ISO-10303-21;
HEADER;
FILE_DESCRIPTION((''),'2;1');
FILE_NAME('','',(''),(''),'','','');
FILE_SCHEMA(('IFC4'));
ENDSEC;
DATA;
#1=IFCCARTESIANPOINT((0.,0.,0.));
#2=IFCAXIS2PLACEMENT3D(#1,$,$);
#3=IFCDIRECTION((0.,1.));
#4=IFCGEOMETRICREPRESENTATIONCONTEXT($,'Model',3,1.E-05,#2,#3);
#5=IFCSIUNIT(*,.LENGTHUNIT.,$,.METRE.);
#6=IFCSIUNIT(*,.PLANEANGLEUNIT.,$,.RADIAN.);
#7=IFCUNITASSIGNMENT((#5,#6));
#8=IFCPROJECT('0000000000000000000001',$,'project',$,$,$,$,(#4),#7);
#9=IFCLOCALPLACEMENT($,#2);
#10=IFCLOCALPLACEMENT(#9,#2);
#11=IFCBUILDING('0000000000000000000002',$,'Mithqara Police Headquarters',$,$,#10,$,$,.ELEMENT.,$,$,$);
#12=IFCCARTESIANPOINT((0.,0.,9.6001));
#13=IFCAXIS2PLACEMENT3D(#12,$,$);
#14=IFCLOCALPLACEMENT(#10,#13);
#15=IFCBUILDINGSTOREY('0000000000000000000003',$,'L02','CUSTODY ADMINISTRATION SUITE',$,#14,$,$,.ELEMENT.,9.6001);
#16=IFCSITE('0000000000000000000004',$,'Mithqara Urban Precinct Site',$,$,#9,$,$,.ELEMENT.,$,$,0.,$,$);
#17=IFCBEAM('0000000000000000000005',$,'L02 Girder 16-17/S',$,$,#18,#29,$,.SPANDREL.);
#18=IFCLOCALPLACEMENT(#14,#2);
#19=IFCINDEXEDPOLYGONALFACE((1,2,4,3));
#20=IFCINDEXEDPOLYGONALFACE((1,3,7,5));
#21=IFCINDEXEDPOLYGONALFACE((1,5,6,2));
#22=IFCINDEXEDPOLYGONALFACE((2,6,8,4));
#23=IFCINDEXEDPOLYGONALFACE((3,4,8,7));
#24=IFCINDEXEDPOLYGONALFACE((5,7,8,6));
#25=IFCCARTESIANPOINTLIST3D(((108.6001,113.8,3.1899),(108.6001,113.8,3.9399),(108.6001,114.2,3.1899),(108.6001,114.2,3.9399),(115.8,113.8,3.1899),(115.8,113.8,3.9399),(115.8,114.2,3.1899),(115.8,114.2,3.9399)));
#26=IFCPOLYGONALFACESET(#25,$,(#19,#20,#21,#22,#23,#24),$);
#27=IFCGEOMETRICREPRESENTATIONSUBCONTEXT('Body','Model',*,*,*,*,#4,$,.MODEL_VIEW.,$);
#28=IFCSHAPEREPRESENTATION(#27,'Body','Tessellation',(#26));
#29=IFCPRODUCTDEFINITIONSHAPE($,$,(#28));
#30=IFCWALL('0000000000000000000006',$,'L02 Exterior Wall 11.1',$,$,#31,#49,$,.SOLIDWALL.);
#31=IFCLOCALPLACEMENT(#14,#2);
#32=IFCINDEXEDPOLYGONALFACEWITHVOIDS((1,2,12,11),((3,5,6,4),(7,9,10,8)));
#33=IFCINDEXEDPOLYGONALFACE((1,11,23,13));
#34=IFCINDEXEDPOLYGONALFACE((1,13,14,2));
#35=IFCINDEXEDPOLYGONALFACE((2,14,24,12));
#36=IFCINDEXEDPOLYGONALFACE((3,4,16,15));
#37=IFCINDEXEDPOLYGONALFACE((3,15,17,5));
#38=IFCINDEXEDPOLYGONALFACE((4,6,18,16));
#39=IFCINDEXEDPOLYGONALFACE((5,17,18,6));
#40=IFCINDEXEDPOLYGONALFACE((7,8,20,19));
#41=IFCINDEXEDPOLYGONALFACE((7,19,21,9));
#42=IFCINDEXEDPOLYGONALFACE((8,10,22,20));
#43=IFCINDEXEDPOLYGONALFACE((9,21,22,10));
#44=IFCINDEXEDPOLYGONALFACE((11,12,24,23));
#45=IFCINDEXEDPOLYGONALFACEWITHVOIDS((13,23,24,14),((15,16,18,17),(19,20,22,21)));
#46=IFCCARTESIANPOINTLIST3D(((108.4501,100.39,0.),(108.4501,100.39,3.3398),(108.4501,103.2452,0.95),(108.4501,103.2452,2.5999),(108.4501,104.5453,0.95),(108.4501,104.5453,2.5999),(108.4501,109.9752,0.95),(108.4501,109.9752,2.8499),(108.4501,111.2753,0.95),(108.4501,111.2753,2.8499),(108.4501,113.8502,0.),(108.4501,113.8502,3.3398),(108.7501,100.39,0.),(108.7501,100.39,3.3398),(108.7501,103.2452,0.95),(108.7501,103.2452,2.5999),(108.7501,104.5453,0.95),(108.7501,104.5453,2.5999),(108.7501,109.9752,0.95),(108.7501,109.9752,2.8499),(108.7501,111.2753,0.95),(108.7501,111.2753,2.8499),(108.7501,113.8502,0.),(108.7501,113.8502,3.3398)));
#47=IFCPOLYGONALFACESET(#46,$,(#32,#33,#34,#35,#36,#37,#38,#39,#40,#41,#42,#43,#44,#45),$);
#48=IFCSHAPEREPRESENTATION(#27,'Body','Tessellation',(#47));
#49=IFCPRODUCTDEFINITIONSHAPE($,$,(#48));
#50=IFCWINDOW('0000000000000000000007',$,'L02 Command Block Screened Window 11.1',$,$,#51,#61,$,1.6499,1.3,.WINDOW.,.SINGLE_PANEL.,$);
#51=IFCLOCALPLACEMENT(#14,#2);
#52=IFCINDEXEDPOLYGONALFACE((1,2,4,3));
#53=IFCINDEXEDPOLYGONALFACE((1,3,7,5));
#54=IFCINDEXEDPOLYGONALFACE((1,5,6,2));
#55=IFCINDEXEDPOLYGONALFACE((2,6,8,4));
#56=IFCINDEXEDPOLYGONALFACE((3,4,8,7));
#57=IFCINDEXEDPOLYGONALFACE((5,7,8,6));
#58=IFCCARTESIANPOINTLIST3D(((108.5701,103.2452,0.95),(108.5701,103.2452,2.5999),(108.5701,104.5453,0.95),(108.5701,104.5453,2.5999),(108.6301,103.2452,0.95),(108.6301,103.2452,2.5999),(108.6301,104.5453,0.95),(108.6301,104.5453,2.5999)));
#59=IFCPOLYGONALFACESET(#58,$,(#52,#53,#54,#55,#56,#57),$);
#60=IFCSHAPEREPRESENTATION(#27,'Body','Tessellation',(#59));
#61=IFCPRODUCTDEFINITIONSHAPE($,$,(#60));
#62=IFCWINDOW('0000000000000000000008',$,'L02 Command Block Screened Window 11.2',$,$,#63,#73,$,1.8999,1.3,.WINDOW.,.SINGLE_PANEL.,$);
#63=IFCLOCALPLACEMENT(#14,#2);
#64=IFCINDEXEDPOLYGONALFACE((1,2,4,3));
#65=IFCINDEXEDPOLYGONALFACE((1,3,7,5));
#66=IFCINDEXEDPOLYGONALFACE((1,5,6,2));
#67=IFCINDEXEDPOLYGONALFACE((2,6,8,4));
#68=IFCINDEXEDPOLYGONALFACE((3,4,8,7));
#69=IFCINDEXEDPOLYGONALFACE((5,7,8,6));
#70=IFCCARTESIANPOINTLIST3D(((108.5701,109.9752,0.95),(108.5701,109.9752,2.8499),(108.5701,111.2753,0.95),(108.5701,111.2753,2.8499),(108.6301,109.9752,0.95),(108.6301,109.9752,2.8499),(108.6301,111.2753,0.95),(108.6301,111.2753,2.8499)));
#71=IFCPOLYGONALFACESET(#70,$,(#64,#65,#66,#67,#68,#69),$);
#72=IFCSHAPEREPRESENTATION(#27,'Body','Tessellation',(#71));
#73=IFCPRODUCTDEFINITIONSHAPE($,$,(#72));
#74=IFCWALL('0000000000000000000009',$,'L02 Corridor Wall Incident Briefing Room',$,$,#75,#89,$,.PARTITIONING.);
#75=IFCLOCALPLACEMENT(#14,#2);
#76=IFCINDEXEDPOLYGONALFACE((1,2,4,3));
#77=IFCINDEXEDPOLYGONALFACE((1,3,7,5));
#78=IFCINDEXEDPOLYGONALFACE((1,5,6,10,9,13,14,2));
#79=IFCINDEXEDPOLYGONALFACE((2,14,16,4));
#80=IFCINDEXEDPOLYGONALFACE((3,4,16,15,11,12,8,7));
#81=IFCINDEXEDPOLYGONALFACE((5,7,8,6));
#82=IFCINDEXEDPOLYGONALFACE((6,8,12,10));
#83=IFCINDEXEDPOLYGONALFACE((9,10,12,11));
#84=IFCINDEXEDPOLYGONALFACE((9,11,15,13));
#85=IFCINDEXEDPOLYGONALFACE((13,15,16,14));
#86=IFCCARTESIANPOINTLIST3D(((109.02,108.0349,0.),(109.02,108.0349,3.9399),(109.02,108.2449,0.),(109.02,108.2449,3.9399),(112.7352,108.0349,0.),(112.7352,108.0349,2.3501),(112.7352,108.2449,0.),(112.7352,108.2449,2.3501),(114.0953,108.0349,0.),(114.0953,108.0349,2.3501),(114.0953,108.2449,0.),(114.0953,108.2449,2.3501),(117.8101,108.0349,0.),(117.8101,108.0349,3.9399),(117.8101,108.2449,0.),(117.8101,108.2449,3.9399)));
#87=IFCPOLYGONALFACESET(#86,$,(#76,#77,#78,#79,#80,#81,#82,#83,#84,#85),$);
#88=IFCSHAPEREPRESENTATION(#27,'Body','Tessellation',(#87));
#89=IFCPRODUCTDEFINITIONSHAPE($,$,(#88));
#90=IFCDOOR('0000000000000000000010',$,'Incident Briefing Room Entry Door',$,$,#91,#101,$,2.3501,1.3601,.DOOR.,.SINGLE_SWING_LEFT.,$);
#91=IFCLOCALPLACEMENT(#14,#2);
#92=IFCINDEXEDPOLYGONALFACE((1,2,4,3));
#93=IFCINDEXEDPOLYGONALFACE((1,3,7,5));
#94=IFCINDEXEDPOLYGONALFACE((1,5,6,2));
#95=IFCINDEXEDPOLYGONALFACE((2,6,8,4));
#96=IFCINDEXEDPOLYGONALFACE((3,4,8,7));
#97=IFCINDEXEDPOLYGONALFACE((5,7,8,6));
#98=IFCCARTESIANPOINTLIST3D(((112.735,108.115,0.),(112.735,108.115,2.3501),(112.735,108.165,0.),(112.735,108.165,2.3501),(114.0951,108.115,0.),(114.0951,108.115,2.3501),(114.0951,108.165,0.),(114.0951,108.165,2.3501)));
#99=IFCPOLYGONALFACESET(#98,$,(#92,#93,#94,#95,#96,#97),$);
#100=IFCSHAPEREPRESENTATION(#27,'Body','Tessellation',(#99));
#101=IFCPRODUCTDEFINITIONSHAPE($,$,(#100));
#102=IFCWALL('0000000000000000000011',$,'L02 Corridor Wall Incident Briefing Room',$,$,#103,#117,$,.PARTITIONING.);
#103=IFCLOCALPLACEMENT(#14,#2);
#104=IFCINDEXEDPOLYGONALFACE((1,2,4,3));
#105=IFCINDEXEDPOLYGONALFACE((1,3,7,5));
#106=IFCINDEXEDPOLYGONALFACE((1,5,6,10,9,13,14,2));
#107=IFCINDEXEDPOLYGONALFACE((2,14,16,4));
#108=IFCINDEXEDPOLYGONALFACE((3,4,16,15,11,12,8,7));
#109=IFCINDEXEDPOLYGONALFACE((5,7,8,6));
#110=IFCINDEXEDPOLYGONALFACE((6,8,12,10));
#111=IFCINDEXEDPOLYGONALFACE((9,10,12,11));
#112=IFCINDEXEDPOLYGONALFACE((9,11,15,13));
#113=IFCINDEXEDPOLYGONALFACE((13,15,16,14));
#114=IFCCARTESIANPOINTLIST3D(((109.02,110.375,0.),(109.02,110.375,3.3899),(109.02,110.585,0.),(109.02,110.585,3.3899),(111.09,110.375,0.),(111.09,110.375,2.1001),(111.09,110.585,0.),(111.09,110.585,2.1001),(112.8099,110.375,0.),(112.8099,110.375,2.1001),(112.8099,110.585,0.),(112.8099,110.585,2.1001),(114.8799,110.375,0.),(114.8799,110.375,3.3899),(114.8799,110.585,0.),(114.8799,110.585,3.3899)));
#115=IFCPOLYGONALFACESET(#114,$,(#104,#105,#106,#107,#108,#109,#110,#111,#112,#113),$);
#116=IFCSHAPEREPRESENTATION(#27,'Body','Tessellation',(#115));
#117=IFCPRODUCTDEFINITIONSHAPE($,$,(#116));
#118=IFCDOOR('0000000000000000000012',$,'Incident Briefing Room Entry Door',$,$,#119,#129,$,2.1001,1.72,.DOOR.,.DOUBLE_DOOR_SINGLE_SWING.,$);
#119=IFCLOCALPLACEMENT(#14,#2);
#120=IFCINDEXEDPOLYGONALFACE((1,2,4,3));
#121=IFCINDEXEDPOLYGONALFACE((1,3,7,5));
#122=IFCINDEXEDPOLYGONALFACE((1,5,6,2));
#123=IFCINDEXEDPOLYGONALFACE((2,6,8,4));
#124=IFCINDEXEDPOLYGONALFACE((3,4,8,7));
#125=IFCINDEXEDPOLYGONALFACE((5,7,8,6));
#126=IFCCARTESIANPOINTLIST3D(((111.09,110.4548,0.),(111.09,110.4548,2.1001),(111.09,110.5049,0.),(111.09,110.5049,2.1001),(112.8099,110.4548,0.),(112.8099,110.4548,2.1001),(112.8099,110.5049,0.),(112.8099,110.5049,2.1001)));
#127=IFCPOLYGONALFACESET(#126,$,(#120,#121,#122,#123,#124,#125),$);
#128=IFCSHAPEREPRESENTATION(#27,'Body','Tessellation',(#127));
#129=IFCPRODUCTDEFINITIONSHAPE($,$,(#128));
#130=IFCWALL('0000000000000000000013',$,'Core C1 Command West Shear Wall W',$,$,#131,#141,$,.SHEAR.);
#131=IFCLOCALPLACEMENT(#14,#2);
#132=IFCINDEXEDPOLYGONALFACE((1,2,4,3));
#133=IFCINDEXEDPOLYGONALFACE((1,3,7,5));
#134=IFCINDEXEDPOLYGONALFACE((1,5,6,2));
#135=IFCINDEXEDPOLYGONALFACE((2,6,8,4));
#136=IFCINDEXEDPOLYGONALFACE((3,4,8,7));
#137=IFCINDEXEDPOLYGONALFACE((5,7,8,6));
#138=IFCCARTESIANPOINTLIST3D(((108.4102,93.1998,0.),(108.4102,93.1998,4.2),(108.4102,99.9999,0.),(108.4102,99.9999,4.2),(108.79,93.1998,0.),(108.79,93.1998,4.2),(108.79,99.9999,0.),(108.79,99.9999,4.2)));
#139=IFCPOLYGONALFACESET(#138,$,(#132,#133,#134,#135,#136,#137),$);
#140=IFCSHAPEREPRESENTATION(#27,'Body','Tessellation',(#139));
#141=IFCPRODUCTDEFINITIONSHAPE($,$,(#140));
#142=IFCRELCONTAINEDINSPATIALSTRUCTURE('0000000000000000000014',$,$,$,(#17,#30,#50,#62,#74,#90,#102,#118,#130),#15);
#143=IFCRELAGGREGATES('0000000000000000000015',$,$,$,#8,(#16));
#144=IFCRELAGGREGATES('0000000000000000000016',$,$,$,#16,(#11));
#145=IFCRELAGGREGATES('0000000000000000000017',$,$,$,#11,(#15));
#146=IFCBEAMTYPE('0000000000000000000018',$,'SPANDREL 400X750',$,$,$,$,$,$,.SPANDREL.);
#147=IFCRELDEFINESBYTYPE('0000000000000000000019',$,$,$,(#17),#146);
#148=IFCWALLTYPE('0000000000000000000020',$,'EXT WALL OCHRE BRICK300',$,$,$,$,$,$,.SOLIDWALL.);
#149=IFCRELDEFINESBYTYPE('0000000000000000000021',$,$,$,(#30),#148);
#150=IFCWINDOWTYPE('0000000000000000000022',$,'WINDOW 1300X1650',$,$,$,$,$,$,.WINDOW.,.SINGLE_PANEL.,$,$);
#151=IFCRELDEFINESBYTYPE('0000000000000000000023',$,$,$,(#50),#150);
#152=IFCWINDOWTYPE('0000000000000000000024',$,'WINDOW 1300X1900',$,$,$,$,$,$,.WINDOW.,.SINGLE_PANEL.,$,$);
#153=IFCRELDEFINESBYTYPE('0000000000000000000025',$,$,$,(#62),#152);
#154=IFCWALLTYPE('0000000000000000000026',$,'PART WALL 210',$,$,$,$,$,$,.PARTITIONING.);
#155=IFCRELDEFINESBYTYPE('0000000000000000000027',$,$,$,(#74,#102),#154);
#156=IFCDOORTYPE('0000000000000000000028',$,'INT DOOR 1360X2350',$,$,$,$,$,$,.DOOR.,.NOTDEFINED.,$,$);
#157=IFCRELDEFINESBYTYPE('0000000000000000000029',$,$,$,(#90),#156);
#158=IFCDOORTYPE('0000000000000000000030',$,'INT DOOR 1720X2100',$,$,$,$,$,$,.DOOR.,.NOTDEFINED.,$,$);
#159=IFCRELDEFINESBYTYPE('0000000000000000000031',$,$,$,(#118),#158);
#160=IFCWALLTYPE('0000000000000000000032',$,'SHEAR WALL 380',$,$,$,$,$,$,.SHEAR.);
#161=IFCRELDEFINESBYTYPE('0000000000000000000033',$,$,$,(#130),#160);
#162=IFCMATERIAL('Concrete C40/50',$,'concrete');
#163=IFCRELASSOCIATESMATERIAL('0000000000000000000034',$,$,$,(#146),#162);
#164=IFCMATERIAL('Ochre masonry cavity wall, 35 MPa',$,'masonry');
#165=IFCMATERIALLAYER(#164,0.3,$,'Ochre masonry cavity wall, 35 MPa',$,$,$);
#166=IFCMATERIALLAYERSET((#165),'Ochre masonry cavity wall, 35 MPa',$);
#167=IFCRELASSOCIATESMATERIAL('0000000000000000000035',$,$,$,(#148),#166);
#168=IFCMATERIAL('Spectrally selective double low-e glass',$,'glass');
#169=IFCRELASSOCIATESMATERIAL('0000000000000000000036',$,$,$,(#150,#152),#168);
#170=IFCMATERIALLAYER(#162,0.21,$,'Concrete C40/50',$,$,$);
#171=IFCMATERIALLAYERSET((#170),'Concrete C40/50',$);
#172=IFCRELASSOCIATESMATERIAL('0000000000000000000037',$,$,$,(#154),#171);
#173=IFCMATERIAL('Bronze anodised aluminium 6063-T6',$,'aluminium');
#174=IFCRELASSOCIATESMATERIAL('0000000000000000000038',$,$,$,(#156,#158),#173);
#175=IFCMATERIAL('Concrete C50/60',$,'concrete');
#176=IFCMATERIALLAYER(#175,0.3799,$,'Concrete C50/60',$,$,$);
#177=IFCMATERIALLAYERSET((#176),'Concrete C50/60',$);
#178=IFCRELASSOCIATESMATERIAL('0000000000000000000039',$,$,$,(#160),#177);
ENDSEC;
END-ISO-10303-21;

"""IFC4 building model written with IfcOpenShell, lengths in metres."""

from ifc_helpers import new_model, si_unit, direction, frame, frame_2d, origin, origin_2d, place, context, subcontext, project, spatial, rectangle, extrude, material, layer, layer_set, material_profile, profile_set, type_object, element, fill, save


model = new_model("IFC4")

# Units and contexts
model_context = context("Model", 3, precision=1e-05, world=origin(), true_north=direction((0.0, 1.0)))
body_context = subcontext(model_context, "Body", "Model", "MODEL_VIEW")
ifc_project = project(units=[si_unit("LENGTHUNIT", "METRE"), si_unit("PLANEANGLEUNIT", "RADIAN")], contexts=[model_context])

# Site, building, storey
site_placement = place(None, origin())
site = spatial("IfcSite", under=ifc_project, at=site_placement, Name="Mithqara Urban Precinct Site", CompositionType="ELEMENT", RefElevation=0.0)
building_placement = place(site_placement, origin())
building = spatial("IfcBuilding", under=site, at=building_placement, Name="Mithqara Police Headquarters", CompositionType="ELEMENT")
storey_placement = place(building_placement, frame((0.0, 0.0, 9.6001)))
storey = spatial("IfcBuildingStorey", under=building, at=storey_placement, Name="L02", Description="CUSTODY ADMINISTRATION SUITE", CompositionType="ELEMENT", Elevation=9.6001)

# Shared definitions
ifc_material_1 = material(Name="Concrete C50/60", Category="concrete")

# Beam
ifc_material_2 = material(Name="Concrete C40/50", Category="concrete")
ifc_material_profile_1 = material_profile(ifc_material_2, rectangle(XDim=0.3999, YDim=0.75, at=origin_2d()), Name="SPB 400x750")
ifc_profile_set_1 = profile_set([ifc_material_profile_1], Name="Concrete C40/50")
beam_type_1 = type_object("IfcBeamType", Name="SPANDREL 400X750", PredefinedType="SPANDREL", material=ifc_profile_set_1)
beam_1_placement = place(storey_placement, frame((108.6001, 114.0, 3.5649), z_axis=(1.0, 0.0, 0.0), x_axis=(0.0, 1.0, 0.0)))
element("IfcBeam", 1, at=beam_1_placement, inside=storey, type_object=beam_type_1, Name="L02 Girder 16-17/S", PredefinedType="SPANDREL", context=body_context, shape_type="SweptSolid", body=[
    extrude(rectangle(XDim=0.3999, YDim=0.75, at=origin_2d()), origin(), (0.0, 0.0, 1.0), 7.2),
])

# Wall, openings, windows
ifc_material_3 = material(Name="Ochre masonry cavity wall, 35 MPa", Category="masonry")
ifc_layer_1 = layer(ifc_material_3, 0.3, Name="Ochre masonry cavity wall, 35 MPa")
ifc_layer_set_1 = layer_set([ifc_layer_1], Name="Ochre masonry cavity wall, 35 MPa")
wall_type_1 = type_object("IfcWallType", Name="EXT WALL OCHRE BRICK300", PredefinedType="SOLIDWALL", material=ifc_layer_set_1)
wall_1_placement = place(storey_placement, frame((108.6001, 113.8501, 0.0), z_axis=(0.0, 0.0, 1.0), x_axis=(0.0, -1.0, 0.0)))
wall_1 = element("IfcWall", 2, at=wall_1_placement, inside=storey, type_object=wall_type_1, Name="L02 Exterior Wall 11.1", PredefinedType="SOLIDWALL", context=body_context, shape_type="SweptSolid", body=[
    extrude(rectangle(XDim=13.4602, YDim=0.3, at=frame_2d((6.73, 0.0))), origin(), (0.0, 0.0, 1.0), 3.3398),
])
opening_1_placement = place(wall_1_placement, frame((9.3049, 0.0, 0.95)))
opening_1 = element("IfcOpeningElement", 3, at=opening_1_placement, cuts=wall_1, PredefinedType="OPENING", context=body_context, shape_type="SweptSolid", body=[
    extrude(rectangle(XDim=1.3, YDim=1.6499, at=frame_2d((0.6499, 0.825))), frame((0.0, 0.1602, 0.0), z_axis=(0.0, -1.0, 0.0), x_axis=(1.0, 0.0, 0.0)), (0.0, 0.0, 1.0), 0.3201),
])
opening_2_placement = place(wall_1_placement, frame((2.575, 0.0, 0.95)))
opening_2 = element("IfcOpeningElement", 4, at=opening_2_placement, cuts=wall_1, PredefinedType="OPENING", context=body_context, shape_type="SweptSolid", body=[
    extrude(rectangle(XDim=1.3, YDim=1.8999, at=frame_2d((0.6499, 0.95))), frame((0.0, 0.1602, 0.0), z_axis=(0.0, -1.0, 0.0), x_axis=(1.0, 0.0, 0.0)), (0.0, 0.0, 1.0), 0.3201),
])
ifc_material_4 = material(Name="Spectrally selective double low-e glass", Category="glass")
window_type_1 = type_object("IfcWindowType", Name="WINDOW 1300X1650", PartitioningType="SINGLE_PANEL", PredefinedType="WINDOW", material=ifc_material_4)
window_1_placement = place(opening_1_placement, origin())
window_1 = element("IfcWindow", 5, at=window_1_placement, inside=storey, type_object=window_type_1, Name="L02 Command Block Screened Window 11.1", OverallHeight=1.6499, OverallWidth=1.3, PartitioningType="SINGLE_PANEL", PredefinedType="WINDOW", context=body_context, shape_type="SweptSolid", body=[
    extrude(rectangle(XDim=1.3, YDim=1.6499, at=frame_2d((0.6499, 0.825))), frame((0.0, 0.03, 0.0), z_axis=(0.0, -1.0, 0.0), x_axis=(1.0, 0.0, 0.0)), (0.0, 0.0, 1.0), 0.0601),
])
fill(opening_1, window_1)
window_type_2 = type_object("IfcWindowType", Name="WINDOW 1300X1900", PartitioningType="SINGLE_PANEL", PredefinedType="WINDOW", material=ifc_material_4)
window_2_placement = place(opening_2_placement, origin())
window_2 = element("IfcWindow", 6, at=window_2_placement, inside=storey, type_object=window_type_2, Name="L02 Command Block Screened Window 11.2", OverallHeight=1.8999, OverallWidth=1.3, PartitioningType="SINGLE_PANEL", PredefinedType="WINDOW", context=body_context, shape_type="SweptSolid", body=[
    extrude(rectangle(XDim=1.3, YDim=1.8999, at=frame_2d((0.6499, 0.95))), frame((0.0, 0.03, 0.0), z_axis=(0.0, -1.0, 0.0), x_axis=(1.0, 0.0, 0.0)), (0.0, 0.0, 1.0), 0.0601),
])
fill(opening_2, window_2)

# Walls, openings, doors
ifc_layer_2 = layer(ifc_material_2, 0.21, Name="Concrete C40/50")
ifc_layer_set_2 = layer_set([ifc_layer_2], Name="Concrete C40/50")
wall_type_2 = type_object("IfcWallType", Name="PART WALL 210", PredefinedType="PARTITIONING", material=ifc_layer_set_2)
wall_2_placement = place(storey_placement, frame((109.02, 108.1399, 0.0), z_axis=(0.0, 0.0, 1.0), x_axis=(1.0, 0.0, 0.0)))
wall_2 = element("IfcWall", 7, at=wall_2_placement, inside=storey, type_object=wall_type_2, Name="L02 Corridor Wall Incident Briefing Room", PredefinedType="PARTITIONING", context=body_context, shape_type="SweptSolid", body=[
    extrude(rectangle(XDim=8.79, YDim=0.21, at=frame_2d((4.395, 0.0))), origin(), (0.0, 0.0, 1.0), 3.9399),
])
opening_3_placement = place(wall_2_placement, frame((3.7151, 0.0, 0.0)))
opening_3 = element("IfcOpeningElement", 8, at=opening_3_placement, cuts=wall_2, PredefinedType="OPENING", context=body_context, shape_type="SweptSolid", body=[
    extrude(rectangle(XDim=1.3601, YDim=2.3501, at=frame_2d((0.6802, 1.175))), frame((0.0, 0.115, 0.0), z_axis=(0.0, -1.0, 0.0), x_axis=(1.0, 0.0, 0.0)), (0.0, 0.0, 1.0), 0.23),
])
ifc_material_5 = material(Name="Bronze anodised aluminium 6063-T6", Category="aluminium")
door_type_1 = type_object("IfcDoorType", Name="INT DOOR 1360X2350", OperationType="NOTDEFINED", PredefinedType="DOOR", material=ifc_material_5)
door_1_placement = place(opening_3_placement, frame((1.3601, 0.0, 0.0), z_axis=(0.0, 0.0, 1.0), x_axis=(-1.0, 0.0, 0.0)))
door_1 = element("IfcDoor", 9, at=door_1_placement, inside=storey, type_object=door_type_1, Name="Incident Briefing Room Entry Door", OperationType="SINGLE_SWING_LEFT", OverallHeight=2.3501, OverallWidth=1.3601, PredefinedType="DOOR", context=body_context, shape_type="SweptSolid", body=[
    extrude(rectangle(XDim=1.3601, YDim=2.3501, at=frame_2d((0.6802, 1.175))), frame((0.0, 0.0249, 0.0), z_axis=(0.0, -1.0, 0.0), x_axis=(1.0, 0.0, 0.0)), (0.0, 0.0, 1.0), 0.05),
])
fill(opening_3, door_1)
wall_3_placement = place(storey_placement, frame((109.02, 110.48, 0.0), z_axis=(0.0, 0.0, 1.0), x_axis=(1.0, 0.0, 0.0)))
wall_3 = element("IfcWall", 10, at=wall_3_placement, inside=storey, type_object=wall_type_2, Name="L02 Corridor Wall Incident Briefing Room", PredefinedType="PARTITIONING", context=body_context, shape_type="SweptSolid", body=[
    extrude(rectangle(XDim=5.8599, YDim=0.21, at=frame_2d((2.9299, 0.0))), origin(), (0.0, 0.0, 1.0), 3.3899),
])
opening_4_placement = place(wall_3_placement, frame((2.0701, 0.0, 0.0)))
opening_4 = element("IfcOpeningElement", 11, at=opening_4_placement, cuts=wall_3, PredefinedType="OPENING", context=body_context, shape_type="SweptSolid", body=[
    extrude(rectangle(XDim=1.72, YDim=2.1001, at=frame_2d((0.8599, 1.05))), frame((0.0, 0.115, 0.0), z_axis=(0.0, -1.0, 0.0), x_axis=(1.0, 0.0, 0.0)), (0.0, 0.0, 1.0), 0.23),
])
door_type_2 = type_object("IfcDoorType", Name="INT DOOR 1720X2100", OperationType="NOTDEFINED", PredefinedType="DOOR", material=ifc_material_5)
door_2_placement = place(opening_4_placement, origin())
door_2 = element("IfcDoor", 12, at=door_2_placement, inside=storey, type_object=door_type_2, Name="Incident Briefing Room Entry Door", OperationType="DOUBLE_DOOR_SINGLE_SWING", OverallHeight=2.1001, OverallWidth=1.72, PredefinedType="DOOR", context=body_context, shape_type="SweptSolid", body=[
    extrude(rectangle(XDim=1.72, YDim=2.1001, at=frame_2d((0.8599, 1.05))), frame((0.0, 0.0249, 0.0), z_axis=(0.0, -1.0, 0.0), x_axis=(1.0, 0.0, 0.0)), (0.0, 0.0, 1.0), 0.05),
])
fill(opening_4, door_2)

# Wall
ifc_layer_3 = layer(ifc_material_1, 0.3799, Name="Concrete C50/60")
ifc_layer_set_3 = layer_set([ifc_layer_3], Name="Concrete C50/60")
wall_type_3 = type_object("IfcWallType", Name="SHEAR WALL 380", PredefinedType="SHEAR", material=ifc_layer_set_3)
wall_4_placement = place(storey_placement, frame((108.6001, 93.2, 0.0), z_axis=(0.0, 0.0, 1.0), x_axis=(0.0, 1.0, 0.0)))
element("IfcWall", 13, at=wall_4_placement, inside=storey, type_object=wall_type_3, Name="Core C1 Command West Shear Wall W", PredefinedType="SHEAR", context=body_context, shape_type="SweptSolid", body=[
    extrude(rectangle(XDim=6.8, YDim=0.3799, at=frame_2d((3.3999, 0.0))), origin(), (0.0, 0.0, 1.0), 4.2),
])

save(model, "model.ifc")
